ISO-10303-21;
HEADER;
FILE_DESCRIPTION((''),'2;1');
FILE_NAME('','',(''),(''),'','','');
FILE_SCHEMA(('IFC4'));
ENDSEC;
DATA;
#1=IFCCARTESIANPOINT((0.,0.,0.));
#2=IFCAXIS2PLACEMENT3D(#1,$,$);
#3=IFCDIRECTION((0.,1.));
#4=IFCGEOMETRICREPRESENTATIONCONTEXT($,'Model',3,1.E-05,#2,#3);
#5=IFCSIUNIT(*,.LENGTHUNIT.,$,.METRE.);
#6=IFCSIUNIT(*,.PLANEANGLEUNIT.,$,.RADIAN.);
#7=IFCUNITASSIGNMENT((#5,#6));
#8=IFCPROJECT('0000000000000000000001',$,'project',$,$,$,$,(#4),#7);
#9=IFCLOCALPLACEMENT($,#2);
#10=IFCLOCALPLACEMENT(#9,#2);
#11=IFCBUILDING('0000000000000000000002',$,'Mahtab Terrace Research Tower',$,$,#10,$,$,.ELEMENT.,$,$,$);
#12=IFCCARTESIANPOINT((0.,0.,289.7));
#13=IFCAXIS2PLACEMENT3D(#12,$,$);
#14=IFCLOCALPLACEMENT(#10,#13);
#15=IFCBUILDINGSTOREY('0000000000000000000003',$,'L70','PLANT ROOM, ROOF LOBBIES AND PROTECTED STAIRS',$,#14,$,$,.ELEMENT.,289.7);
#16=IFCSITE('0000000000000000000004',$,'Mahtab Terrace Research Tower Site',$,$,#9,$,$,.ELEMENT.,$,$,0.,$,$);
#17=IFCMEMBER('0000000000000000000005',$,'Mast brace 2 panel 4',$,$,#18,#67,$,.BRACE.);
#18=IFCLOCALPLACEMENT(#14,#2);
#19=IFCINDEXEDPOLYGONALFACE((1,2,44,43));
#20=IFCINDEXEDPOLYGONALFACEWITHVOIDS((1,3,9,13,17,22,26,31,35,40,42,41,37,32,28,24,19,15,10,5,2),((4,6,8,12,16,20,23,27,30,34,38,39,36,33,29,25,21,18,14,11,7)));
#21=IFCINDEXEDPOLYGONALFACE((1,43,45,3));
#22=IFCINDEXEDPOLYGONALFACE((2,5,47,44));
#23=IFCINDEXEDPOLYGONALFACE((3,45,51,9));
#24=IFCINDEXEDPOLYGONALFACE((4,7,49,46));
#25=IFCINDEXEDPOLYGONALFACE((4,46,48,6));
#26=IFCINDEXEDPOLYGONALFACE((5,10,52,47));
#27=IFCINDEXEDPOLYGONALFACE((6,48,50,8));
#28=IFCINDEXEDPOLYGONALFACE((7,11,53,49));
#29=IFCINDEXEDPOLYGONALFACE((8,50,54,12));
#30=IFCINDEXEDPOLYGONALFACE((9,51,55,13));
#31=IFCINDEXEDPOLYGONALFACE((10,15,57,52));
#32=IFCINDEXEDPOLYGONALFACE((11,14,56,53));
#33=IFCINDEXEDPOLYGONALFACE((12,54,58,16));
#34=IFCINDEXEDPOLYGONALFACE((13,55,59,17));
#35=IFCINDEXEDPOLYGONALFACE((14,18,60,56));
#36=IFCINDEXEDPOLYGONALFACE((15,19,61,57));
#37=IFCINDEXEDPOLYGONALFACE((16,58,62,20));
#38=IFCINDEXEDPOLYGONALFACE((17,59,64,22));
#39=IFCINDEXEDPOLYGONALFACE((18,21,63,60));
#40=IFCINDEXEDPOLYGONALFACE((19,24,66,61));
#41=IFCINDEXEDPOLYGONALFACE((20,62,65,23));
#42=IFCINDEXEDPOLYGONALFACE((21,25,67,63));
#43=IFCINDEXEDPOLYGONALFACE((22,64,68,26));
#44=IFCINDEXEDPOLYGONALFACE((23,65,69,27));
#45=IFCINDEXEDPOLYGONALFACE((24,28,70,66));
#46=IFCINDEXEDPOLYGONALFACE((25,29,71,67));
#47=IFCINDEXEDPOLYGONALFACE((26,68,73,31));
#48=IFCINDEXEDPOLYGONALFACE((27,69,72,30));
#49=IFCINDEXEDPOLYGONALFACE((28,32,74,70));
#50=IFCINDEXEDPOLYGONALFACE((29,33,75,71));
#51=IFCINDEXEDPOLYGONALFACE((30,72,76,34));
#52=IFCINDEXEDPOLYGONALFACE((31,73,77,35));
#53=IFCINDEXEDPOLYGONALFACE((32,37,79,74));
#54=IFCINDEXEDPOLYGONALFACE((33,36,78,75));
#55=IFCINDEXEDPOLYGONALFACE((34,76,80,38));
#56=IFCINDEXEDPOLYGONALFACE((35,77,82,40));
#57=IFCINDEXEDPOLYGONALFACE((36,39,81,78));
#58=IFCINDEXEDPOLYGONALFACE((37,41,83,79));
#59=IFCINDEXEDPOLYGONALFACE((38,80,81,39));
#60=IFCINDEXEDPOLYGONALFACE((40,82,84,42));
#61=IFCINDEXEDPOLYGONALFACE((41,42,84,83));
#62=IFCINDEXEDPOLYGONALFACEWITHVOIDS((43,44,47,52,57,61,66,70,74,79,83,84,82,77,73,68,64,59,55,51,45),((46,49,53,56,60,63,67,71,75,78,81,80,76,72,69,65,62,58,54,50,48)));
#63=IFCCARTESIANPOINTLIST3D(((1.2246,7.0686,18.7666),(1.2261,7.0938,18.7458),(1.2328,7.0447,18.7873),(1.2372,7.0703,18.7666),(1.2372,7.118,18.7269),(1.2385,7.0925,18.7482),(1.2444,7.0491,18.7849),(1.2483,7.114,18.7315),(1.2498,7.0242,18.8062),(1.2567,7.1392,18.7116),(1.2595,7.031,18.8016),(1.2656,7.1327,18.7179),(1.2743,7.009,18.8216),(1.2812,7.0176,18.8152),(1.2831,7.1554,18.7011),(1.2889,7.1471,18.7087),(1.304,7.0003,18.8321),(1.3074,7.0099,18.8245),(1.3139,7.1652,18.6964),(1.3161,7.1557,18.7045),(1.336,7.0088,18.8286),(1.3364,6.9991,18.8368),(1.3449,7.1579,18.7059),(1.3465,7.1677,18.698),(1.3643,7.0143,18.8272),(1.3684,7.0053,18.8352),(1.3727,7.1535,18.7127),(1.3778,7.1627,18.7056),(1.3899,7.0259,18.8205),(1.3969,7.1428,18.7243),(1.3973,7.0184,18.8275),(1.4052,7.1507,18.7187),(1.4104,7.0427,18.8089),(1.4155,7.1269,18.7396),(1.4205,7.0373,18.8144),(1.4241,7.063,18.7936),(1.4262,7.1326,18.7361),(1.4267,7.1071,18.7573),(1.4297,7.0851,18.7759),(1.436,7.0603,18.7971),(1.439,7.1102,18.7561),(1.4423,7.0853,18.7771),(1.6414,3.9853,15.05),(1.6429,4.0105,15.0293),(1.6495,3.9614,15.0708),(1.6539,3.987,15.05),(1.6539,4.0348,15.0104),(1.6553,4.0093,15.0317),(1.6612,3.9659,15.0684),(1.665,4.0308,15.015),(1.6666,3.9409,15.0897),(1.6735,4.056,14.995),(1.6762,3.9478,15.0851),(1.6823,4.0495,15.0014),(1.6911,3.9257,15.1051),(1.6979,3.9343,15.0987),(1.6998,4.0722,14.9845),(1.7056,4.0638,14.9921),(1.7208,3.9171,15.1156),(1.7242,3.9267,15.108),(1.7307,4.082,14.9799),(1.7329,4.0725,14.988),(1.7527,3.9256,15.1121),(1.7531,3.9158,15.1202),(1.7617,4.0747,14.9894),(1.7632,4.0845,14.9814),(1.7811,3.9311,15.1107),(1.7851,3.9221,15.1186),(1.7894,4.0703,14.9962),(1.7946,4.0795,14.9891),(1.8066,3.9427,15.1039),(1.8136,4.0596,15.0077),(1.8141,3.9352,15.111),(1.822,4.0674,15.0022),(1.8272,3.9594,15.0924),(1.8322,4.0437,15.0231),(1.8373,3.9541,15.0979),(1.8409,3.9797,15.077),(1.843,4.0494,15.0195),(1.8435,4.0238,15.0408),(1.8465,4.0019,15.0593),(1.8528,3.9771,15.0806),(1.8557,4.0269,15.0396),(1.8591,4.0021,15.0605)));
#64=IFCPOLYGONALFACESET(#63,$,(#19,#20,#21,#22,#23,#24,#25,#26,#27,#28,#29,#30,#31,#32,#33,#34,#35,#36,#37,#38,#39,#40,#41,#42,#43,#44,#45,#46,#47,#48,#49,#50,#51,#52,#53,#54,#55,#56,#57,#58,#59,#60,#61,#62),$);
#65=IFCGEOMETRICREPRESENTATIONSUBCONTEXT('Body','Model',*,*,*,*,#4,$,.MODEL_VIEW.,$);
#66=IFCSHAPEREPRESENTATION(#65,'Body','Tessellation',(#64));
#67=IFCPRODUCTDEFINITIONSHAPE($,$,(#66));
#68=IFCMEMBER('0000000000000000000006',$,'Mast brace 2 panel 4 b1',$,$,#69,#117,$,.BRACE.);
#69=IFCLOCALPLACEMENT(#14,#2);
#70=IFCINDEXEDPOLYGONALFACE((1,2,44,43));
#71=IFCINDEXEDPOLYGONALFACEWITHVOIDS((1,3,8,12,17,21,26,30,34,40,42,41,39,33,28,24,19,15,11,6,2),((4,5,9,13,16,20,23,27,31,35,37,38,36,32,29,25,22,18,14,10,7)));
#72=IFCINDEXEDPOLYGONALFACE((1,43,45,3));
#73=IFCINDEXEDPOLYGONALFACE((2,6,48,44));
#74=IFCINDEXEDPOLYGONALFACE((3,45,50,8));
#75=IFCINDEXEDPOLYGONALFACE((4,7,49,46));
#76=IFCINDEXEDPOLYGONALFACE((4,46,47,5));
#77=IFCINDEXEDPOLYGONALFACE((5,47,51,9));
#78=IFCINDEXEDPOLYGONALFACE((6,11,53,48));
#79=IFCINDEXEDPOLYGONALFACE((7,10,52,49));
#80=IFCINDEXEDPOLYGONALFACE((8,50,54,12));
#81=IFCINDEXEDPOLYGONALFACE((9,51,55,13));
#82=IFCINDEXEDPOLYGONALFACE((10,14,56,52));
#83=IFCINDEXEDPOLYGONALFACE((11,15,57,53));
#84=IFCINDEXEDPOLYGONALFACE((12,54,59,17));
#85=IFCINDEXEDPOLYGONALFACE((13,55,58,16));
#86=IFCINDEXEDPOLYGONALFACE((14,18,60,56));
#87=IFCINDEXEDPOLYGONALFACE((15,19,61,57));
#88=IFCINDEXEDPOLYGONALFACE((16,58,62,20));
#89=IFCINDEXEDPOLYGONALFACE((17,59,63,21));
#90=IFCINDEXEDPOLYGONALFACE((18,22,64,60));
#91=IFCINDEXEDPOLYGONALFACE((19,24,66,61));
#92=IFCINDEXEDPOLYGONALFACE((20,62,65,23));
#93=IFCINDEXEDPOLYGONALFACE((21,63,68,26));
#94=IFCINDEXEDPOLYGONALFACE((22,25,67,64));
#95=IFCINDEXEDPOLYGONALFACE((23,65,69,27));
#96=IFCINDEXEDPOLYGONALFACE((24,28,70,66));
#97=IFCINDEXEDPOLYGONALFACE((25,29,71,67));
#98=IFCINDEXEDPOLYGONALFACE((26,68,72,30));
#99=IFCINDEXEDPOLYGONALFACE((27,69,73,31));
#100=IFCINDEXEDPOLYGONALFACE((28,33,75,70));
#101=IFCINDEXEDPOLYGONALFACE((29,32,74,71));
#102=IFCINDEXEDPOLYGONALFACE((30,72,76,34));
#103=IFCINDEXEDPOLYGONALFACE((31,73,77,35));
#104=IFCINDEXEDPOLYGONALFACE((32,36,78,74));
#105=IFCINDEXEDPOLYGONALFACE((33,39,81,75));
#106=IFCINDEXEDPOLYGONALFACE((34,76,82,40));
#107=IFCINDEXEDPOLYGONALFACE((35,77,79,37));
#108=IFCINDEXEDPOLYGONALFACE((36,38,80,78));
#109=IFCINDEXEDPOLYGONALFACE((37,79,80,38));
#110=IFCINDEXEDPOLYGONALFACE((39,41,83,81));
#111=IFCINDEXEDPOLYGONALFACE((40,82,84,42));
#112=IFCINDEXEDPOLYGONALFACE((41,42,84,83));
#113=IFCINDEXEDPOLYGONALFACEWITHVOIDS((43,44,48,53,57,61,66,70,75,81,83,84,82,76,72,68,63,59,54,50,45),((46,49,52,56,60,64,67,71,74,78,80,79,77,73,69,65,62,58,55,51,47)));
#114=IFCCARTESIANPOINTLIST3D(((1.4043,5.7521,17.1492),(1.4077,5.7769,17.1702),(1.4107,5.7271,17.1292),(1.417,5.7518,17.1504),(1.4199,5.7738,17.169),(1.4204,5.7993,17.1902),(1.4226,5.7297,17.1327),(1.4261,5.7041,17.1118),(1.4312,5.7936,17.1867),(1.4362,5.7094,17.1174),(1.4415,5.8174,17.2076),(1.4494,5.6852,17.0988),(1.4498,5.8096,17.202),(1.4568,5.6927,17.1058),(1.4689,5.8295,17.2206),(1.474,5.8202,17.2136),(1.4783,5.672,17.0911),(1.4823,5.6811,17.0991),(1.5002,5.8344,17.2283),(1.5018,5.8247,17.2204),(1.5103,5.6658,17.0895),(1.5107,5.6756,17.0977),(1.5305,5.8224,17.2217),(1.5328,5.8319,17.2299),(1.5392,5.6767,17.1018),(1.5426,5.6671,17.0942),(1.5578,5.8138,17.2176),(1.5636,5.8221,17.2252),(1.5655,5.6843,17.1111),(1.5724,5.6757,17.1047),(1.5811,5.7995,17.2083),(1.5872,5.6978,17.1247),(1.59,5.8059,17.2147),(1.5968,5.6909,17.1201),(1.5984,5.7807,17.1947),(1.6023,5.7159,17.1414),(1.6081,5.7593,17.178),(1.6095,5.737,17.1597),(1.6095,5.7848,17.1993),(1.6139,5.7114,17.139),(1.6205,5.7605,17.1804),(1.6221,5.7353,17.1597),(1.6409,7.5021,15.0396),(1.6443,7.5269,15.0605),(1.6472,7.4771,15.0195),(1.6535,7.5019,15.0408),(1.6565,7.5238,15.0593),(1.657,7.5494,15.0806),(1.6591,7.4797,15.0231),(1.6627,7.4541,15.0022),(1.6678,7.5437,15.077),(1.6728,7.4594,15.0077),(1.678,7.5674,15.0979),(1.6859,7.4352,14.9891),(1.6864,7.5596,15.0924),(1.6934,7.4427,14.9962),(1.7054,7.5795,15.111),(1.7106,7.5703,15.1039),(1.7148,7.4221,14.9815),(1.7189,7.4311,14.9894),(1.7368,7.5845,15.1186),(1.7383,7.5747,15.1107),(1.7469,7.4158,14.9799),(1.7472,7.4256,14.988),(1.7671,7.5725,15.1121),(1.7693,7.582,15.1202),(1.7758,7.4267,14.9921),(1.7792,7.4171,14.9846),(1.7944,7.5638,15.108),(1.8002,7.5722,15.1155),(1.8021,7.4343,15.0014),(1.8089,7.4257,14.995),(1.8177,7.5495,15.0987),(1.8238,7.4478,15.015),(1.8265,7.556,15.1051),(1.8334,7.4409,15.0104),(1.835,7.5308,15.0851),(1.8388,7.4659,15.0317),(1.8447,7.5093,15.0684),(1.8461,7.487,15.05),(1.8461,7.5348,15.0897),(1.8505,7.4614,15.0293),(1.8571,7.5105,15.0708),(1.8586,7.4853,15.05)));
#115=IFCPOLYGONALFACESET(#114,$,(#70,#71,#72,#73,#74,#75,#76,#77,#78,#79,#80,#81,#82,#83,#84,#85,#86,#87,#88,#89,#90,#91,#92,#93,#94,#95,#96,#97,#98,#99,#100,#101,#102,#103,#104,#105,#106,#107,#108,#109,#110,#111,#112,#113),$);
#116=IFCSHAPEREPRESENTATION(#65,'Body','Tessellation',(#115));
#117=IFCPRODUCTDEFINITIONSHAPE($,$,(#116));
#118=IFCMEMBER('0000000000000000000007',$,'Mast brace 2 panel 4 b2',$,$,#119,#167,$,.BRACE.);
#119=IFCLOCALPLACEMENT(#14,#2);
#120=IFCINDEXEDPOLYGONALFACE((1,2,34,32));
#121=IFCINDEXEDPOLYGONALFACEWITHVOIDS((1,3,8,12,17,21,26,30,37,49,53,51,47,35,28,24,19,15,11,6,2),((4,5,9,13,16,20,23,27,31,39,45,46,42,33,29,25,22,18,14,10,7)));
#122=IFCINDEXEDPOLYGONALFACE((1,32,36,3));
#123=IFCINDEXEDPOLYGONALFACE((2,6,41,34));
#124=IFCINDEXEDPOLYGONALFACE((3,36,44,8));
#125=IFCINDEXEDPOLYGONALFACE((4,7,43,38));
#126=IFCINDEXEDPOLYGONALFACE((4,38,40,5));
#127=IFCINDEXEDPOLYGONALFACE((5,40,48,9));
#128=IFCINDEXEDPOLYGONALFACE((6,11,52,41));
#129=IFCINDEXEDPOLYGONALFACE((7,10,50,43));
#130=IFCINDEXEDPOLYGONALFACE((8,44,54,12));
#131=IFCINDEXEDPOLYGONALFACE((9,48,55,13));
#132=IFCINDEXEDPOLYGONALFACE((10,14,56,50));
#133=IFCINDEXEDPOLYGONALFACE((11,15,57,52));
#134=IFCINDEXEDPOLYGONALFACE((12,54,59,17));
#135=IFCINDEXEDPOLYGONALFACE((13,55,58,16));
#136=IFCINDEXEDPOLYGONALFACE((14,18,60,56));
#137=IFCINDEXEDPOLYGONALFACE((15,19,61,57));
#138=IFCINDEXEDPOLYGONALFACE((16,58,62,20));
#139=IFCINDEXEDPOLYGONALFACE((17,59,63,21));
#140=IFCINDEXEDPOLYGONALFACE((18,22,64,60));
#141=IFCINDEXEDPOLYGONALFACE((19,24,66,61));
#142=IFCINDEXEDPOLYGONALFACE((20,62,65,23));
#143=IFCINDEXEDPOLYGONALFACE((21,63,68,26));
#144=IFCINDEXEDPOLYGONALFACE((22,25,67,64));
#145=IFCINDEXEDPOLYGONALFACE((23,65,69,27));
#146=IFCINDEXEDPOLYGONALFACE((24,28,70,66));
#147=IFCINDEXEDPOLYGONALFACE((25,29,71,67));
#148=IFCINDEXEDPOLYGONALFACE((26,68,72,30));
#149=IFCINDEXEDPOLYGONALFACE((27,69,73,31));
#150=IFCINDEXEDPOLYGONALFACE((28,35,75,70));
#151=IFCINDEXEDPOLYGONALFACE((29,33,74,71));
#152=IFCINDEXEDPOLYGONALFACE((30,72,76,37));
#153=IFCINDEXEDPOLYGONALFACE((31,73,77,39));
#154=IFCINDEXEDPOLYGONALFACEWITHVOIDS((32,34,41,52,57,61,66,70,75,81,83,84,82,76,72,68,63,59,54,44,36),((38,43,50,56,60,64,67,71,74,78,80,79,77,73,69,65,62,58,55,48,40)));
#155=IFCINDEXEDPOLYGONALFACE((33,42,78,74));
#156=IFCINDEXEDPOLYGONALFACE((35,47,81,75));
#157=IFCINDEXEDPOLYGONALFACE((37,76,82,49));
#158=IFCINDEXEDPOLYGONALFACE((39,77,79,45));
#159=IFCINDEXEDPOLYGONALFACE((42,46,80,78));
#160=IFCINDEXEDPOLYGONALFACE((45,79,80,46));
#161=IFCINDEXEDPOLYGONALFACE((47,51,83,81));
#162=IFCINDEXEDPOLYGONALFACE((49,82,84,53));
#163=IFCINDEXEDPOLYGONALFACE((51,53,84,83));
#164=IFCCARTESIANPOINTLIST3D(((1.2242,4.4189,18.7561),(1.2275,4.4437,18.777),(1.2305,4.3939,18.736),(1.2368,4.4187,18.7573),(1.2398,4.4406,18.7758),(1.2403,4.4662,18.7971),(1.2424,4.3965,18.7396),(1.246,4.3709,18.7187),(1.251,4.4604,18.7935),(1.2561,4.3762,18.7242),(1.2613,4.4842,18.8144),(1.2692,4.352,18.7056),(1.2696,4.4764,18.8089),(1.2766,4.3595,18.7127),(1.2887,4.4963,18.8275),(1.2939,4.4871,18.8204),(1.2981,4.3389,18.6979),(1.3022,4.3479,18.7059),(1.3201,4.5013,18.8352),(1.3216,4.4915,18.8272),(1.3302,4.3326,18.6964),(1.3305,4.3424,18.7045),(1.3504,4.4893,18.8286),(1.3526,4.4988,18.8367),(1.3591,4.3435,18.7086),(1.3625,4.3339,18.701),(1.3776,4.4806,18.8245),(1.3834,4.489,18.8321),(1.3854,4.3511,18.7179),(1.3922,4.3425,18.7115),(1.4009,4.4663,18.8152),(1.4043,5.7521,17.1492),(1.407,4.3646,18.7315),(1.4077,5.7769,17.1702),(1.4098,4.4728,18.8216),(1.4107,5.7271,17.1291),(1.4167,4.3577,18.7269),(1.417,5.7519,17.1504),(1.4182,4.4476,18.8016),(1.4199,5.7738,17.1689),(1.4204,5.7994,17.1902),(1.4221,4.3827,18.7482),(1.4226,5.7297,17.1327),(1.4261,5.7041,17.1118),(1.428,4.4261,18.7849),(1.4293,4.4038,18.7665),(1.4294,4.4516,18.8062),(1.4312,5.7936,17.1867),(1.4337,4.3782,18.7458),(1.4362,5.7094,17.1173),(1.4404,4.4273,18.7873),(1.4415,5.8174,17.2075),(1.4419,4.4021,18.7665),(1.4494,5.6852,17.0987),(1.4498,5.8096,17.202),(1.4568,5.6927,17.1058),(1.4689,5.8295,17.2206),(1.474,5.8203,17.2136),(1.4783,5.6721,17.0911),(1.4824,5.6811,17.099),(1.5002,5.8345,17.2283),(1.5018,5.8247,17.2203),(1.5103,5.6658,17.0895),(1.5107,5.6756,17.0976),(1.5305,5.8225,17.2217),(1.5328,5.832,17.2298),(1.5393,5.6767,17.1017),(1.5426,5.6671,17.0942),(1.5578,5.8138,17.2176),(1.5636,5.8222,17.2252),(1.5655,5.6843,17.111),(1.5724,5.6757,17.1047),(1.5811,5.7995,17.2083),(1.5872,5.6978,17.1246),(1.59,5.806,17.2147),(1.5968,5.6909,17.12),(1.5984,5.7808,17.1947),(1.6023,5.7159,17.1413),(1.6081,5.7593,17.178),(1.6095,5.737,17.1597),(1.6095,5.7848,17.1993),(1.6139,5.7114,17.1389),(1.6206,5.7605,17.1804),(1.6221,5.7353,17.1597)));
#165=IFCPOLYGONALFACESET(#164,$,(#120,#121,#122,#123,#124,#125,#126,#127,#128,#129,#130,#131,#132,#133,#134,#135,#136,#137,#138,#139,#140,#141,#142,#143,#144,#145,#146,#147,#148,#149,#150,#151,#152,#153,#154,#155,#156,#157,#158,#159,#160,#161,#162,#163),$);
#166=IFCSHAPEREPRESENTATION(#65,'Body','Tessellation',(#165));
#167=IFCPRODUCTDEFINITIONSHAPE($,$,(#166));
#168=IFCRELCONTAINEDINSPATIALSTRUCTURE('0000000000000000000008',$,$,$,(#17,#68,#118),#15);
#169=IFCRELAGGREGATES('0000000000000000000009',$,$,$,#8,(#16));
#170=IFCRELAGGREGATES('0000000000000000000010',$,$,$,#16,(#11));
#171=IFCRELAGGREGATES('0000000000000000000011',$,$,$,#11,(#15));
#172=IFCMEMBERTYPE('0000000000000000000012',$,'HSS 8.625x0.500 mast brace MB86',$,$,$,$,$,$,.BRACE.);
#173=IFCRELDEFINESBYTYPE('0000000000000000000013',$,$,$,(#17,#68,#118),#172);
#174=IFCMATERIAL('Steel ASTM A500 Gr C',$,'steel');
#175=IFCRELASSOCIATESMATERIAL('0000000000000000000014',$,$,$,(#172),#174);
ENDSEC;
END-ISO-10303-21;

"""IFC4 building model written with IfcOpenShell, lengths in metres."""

from ifc_helpers import new_model, si_unit, direction, frame, origin, origin_2d, place, context, subcontext, project, spatial, hollow_circle, extrude, material, material_profile, profile_set, type_object, element, save


model = new_model("IFC4")

# Units and contexts
model_context = context("Model", 3, precision=1e-05, world=origin(), true_north=direction((0.0, 1.0)))
body_context = subcontext(model_context, "Body", "Model", "MODEL_VIEW")
ifc_project = project(units=[si_unit("LENGTHUNIT", "METRE"), si_unit("PLANEANGLEUNIT", "RADIAN")], contexts=[model_context])

# Site, building, storey
site_placement = place(None, origin())
site = spatial("IfcSite", under=ifc_project, at=site_placement, Name="Mahtab Terrace Research Tower Site", CompositionType="ELEMENT", RefElevation=0.0)
building_placement = place(site_placement, origin())
building = spatial("IfcBuilding", under=site, at=building_placement, Name="Mahtab Terrace Research Tower", CompositionType="ELEMENT")
storey_placement = place(building_placement, frame((0.0, 0.0, 289.7)))
storey = spatial("IfcBuildingStorey", under=building, at=storey_placement, Name="L70", Description="PLANT ROOM, ROOF LOBBIES AND PROTECTED STAIRS", CompositionType="ELEMENT", Elevation=289.7)

# Members
ifc_material_1 = material(Name="Steel ASTM A500 Gr C", Category="steel")
ifc_material_profile_1 = material_profile(ifc_material_1, hollow_circle(Radius=0.1096, WallThickness=0.0127, at=origin_2d()), Name="HSS8.625X0.500")
ifc_profile_set_1 = profile_set([ifc_material_profile_1], Name="Steel ASTM A500 Gr C")
member_type_1 = type_object("IfcMemberType", Name="HSS 8.625x0.500 mast brace MB86", PredefinedType="BRACE", material=ifc_profile_set_1)
member_1_placement = place(storey_placement, frame((1.75, 4.0, 15.05), z_axis=(-0.085982, 0.636123, 0.766782), x_axis=(-0.990988, -0.133947, 0.0)))
element("IfcMember", 1, at=member_1_placement, inside=storey, type_object=member_type_1, Name="Mast brace 2 panel 4", PredefinedType="BRACE", context=body_context, shape_type="SweptSolid", body=[
    extrude(hollow_circle(Radius=0.1096, WallThickness=0.0127, at=origin_2d()), origin(), (0.0, 0.0, 1.0), 4.8469),
])
member_2_placement = place(storey_placement, frame((1.75, 7.5, 15.05), z_axis=(-0.08599, -0.636092, 0.766807), x_axis=(0.990986, -0.133966, 0.0)))
element("IfcMember", 2, at=member_2_placement, inside=storey, type_object=member_type_1, Name="Mast brace 2 panel 4 b1", PredefinedType="BRACE", context=body_context, shape_type="SweptSolid", body=[
    extrude(hollow_circle(Radius=0.1096, WallThickness=0.0127, at=origin_2d()), origin(), (0.0, 0.0, 1.0), 2.7512),
])
member_3_placement = place(storey_placement, frame((1.5134, 5.75, 17.1597), z_axis=(-0.085971, -0.636163, 0.76675), x_axis=(0.990992, -0.133923, 0.0)))
element("IfcMember", 3, at=member_3_placement, inside=storey, type_object=member_type_1, Name="Mast brace 2 panel 4 b2", PredefinedType="BRACE", context=body_context, shape_type="SweptSolid", body=[
    extrude(hollow_circle(Radius=0.1096, WallThickness=0.0127, at=origin_2d()), origin(), (0.0, 0.0, 1.0), 2.0957),
])

save(model, "model.ifc")
